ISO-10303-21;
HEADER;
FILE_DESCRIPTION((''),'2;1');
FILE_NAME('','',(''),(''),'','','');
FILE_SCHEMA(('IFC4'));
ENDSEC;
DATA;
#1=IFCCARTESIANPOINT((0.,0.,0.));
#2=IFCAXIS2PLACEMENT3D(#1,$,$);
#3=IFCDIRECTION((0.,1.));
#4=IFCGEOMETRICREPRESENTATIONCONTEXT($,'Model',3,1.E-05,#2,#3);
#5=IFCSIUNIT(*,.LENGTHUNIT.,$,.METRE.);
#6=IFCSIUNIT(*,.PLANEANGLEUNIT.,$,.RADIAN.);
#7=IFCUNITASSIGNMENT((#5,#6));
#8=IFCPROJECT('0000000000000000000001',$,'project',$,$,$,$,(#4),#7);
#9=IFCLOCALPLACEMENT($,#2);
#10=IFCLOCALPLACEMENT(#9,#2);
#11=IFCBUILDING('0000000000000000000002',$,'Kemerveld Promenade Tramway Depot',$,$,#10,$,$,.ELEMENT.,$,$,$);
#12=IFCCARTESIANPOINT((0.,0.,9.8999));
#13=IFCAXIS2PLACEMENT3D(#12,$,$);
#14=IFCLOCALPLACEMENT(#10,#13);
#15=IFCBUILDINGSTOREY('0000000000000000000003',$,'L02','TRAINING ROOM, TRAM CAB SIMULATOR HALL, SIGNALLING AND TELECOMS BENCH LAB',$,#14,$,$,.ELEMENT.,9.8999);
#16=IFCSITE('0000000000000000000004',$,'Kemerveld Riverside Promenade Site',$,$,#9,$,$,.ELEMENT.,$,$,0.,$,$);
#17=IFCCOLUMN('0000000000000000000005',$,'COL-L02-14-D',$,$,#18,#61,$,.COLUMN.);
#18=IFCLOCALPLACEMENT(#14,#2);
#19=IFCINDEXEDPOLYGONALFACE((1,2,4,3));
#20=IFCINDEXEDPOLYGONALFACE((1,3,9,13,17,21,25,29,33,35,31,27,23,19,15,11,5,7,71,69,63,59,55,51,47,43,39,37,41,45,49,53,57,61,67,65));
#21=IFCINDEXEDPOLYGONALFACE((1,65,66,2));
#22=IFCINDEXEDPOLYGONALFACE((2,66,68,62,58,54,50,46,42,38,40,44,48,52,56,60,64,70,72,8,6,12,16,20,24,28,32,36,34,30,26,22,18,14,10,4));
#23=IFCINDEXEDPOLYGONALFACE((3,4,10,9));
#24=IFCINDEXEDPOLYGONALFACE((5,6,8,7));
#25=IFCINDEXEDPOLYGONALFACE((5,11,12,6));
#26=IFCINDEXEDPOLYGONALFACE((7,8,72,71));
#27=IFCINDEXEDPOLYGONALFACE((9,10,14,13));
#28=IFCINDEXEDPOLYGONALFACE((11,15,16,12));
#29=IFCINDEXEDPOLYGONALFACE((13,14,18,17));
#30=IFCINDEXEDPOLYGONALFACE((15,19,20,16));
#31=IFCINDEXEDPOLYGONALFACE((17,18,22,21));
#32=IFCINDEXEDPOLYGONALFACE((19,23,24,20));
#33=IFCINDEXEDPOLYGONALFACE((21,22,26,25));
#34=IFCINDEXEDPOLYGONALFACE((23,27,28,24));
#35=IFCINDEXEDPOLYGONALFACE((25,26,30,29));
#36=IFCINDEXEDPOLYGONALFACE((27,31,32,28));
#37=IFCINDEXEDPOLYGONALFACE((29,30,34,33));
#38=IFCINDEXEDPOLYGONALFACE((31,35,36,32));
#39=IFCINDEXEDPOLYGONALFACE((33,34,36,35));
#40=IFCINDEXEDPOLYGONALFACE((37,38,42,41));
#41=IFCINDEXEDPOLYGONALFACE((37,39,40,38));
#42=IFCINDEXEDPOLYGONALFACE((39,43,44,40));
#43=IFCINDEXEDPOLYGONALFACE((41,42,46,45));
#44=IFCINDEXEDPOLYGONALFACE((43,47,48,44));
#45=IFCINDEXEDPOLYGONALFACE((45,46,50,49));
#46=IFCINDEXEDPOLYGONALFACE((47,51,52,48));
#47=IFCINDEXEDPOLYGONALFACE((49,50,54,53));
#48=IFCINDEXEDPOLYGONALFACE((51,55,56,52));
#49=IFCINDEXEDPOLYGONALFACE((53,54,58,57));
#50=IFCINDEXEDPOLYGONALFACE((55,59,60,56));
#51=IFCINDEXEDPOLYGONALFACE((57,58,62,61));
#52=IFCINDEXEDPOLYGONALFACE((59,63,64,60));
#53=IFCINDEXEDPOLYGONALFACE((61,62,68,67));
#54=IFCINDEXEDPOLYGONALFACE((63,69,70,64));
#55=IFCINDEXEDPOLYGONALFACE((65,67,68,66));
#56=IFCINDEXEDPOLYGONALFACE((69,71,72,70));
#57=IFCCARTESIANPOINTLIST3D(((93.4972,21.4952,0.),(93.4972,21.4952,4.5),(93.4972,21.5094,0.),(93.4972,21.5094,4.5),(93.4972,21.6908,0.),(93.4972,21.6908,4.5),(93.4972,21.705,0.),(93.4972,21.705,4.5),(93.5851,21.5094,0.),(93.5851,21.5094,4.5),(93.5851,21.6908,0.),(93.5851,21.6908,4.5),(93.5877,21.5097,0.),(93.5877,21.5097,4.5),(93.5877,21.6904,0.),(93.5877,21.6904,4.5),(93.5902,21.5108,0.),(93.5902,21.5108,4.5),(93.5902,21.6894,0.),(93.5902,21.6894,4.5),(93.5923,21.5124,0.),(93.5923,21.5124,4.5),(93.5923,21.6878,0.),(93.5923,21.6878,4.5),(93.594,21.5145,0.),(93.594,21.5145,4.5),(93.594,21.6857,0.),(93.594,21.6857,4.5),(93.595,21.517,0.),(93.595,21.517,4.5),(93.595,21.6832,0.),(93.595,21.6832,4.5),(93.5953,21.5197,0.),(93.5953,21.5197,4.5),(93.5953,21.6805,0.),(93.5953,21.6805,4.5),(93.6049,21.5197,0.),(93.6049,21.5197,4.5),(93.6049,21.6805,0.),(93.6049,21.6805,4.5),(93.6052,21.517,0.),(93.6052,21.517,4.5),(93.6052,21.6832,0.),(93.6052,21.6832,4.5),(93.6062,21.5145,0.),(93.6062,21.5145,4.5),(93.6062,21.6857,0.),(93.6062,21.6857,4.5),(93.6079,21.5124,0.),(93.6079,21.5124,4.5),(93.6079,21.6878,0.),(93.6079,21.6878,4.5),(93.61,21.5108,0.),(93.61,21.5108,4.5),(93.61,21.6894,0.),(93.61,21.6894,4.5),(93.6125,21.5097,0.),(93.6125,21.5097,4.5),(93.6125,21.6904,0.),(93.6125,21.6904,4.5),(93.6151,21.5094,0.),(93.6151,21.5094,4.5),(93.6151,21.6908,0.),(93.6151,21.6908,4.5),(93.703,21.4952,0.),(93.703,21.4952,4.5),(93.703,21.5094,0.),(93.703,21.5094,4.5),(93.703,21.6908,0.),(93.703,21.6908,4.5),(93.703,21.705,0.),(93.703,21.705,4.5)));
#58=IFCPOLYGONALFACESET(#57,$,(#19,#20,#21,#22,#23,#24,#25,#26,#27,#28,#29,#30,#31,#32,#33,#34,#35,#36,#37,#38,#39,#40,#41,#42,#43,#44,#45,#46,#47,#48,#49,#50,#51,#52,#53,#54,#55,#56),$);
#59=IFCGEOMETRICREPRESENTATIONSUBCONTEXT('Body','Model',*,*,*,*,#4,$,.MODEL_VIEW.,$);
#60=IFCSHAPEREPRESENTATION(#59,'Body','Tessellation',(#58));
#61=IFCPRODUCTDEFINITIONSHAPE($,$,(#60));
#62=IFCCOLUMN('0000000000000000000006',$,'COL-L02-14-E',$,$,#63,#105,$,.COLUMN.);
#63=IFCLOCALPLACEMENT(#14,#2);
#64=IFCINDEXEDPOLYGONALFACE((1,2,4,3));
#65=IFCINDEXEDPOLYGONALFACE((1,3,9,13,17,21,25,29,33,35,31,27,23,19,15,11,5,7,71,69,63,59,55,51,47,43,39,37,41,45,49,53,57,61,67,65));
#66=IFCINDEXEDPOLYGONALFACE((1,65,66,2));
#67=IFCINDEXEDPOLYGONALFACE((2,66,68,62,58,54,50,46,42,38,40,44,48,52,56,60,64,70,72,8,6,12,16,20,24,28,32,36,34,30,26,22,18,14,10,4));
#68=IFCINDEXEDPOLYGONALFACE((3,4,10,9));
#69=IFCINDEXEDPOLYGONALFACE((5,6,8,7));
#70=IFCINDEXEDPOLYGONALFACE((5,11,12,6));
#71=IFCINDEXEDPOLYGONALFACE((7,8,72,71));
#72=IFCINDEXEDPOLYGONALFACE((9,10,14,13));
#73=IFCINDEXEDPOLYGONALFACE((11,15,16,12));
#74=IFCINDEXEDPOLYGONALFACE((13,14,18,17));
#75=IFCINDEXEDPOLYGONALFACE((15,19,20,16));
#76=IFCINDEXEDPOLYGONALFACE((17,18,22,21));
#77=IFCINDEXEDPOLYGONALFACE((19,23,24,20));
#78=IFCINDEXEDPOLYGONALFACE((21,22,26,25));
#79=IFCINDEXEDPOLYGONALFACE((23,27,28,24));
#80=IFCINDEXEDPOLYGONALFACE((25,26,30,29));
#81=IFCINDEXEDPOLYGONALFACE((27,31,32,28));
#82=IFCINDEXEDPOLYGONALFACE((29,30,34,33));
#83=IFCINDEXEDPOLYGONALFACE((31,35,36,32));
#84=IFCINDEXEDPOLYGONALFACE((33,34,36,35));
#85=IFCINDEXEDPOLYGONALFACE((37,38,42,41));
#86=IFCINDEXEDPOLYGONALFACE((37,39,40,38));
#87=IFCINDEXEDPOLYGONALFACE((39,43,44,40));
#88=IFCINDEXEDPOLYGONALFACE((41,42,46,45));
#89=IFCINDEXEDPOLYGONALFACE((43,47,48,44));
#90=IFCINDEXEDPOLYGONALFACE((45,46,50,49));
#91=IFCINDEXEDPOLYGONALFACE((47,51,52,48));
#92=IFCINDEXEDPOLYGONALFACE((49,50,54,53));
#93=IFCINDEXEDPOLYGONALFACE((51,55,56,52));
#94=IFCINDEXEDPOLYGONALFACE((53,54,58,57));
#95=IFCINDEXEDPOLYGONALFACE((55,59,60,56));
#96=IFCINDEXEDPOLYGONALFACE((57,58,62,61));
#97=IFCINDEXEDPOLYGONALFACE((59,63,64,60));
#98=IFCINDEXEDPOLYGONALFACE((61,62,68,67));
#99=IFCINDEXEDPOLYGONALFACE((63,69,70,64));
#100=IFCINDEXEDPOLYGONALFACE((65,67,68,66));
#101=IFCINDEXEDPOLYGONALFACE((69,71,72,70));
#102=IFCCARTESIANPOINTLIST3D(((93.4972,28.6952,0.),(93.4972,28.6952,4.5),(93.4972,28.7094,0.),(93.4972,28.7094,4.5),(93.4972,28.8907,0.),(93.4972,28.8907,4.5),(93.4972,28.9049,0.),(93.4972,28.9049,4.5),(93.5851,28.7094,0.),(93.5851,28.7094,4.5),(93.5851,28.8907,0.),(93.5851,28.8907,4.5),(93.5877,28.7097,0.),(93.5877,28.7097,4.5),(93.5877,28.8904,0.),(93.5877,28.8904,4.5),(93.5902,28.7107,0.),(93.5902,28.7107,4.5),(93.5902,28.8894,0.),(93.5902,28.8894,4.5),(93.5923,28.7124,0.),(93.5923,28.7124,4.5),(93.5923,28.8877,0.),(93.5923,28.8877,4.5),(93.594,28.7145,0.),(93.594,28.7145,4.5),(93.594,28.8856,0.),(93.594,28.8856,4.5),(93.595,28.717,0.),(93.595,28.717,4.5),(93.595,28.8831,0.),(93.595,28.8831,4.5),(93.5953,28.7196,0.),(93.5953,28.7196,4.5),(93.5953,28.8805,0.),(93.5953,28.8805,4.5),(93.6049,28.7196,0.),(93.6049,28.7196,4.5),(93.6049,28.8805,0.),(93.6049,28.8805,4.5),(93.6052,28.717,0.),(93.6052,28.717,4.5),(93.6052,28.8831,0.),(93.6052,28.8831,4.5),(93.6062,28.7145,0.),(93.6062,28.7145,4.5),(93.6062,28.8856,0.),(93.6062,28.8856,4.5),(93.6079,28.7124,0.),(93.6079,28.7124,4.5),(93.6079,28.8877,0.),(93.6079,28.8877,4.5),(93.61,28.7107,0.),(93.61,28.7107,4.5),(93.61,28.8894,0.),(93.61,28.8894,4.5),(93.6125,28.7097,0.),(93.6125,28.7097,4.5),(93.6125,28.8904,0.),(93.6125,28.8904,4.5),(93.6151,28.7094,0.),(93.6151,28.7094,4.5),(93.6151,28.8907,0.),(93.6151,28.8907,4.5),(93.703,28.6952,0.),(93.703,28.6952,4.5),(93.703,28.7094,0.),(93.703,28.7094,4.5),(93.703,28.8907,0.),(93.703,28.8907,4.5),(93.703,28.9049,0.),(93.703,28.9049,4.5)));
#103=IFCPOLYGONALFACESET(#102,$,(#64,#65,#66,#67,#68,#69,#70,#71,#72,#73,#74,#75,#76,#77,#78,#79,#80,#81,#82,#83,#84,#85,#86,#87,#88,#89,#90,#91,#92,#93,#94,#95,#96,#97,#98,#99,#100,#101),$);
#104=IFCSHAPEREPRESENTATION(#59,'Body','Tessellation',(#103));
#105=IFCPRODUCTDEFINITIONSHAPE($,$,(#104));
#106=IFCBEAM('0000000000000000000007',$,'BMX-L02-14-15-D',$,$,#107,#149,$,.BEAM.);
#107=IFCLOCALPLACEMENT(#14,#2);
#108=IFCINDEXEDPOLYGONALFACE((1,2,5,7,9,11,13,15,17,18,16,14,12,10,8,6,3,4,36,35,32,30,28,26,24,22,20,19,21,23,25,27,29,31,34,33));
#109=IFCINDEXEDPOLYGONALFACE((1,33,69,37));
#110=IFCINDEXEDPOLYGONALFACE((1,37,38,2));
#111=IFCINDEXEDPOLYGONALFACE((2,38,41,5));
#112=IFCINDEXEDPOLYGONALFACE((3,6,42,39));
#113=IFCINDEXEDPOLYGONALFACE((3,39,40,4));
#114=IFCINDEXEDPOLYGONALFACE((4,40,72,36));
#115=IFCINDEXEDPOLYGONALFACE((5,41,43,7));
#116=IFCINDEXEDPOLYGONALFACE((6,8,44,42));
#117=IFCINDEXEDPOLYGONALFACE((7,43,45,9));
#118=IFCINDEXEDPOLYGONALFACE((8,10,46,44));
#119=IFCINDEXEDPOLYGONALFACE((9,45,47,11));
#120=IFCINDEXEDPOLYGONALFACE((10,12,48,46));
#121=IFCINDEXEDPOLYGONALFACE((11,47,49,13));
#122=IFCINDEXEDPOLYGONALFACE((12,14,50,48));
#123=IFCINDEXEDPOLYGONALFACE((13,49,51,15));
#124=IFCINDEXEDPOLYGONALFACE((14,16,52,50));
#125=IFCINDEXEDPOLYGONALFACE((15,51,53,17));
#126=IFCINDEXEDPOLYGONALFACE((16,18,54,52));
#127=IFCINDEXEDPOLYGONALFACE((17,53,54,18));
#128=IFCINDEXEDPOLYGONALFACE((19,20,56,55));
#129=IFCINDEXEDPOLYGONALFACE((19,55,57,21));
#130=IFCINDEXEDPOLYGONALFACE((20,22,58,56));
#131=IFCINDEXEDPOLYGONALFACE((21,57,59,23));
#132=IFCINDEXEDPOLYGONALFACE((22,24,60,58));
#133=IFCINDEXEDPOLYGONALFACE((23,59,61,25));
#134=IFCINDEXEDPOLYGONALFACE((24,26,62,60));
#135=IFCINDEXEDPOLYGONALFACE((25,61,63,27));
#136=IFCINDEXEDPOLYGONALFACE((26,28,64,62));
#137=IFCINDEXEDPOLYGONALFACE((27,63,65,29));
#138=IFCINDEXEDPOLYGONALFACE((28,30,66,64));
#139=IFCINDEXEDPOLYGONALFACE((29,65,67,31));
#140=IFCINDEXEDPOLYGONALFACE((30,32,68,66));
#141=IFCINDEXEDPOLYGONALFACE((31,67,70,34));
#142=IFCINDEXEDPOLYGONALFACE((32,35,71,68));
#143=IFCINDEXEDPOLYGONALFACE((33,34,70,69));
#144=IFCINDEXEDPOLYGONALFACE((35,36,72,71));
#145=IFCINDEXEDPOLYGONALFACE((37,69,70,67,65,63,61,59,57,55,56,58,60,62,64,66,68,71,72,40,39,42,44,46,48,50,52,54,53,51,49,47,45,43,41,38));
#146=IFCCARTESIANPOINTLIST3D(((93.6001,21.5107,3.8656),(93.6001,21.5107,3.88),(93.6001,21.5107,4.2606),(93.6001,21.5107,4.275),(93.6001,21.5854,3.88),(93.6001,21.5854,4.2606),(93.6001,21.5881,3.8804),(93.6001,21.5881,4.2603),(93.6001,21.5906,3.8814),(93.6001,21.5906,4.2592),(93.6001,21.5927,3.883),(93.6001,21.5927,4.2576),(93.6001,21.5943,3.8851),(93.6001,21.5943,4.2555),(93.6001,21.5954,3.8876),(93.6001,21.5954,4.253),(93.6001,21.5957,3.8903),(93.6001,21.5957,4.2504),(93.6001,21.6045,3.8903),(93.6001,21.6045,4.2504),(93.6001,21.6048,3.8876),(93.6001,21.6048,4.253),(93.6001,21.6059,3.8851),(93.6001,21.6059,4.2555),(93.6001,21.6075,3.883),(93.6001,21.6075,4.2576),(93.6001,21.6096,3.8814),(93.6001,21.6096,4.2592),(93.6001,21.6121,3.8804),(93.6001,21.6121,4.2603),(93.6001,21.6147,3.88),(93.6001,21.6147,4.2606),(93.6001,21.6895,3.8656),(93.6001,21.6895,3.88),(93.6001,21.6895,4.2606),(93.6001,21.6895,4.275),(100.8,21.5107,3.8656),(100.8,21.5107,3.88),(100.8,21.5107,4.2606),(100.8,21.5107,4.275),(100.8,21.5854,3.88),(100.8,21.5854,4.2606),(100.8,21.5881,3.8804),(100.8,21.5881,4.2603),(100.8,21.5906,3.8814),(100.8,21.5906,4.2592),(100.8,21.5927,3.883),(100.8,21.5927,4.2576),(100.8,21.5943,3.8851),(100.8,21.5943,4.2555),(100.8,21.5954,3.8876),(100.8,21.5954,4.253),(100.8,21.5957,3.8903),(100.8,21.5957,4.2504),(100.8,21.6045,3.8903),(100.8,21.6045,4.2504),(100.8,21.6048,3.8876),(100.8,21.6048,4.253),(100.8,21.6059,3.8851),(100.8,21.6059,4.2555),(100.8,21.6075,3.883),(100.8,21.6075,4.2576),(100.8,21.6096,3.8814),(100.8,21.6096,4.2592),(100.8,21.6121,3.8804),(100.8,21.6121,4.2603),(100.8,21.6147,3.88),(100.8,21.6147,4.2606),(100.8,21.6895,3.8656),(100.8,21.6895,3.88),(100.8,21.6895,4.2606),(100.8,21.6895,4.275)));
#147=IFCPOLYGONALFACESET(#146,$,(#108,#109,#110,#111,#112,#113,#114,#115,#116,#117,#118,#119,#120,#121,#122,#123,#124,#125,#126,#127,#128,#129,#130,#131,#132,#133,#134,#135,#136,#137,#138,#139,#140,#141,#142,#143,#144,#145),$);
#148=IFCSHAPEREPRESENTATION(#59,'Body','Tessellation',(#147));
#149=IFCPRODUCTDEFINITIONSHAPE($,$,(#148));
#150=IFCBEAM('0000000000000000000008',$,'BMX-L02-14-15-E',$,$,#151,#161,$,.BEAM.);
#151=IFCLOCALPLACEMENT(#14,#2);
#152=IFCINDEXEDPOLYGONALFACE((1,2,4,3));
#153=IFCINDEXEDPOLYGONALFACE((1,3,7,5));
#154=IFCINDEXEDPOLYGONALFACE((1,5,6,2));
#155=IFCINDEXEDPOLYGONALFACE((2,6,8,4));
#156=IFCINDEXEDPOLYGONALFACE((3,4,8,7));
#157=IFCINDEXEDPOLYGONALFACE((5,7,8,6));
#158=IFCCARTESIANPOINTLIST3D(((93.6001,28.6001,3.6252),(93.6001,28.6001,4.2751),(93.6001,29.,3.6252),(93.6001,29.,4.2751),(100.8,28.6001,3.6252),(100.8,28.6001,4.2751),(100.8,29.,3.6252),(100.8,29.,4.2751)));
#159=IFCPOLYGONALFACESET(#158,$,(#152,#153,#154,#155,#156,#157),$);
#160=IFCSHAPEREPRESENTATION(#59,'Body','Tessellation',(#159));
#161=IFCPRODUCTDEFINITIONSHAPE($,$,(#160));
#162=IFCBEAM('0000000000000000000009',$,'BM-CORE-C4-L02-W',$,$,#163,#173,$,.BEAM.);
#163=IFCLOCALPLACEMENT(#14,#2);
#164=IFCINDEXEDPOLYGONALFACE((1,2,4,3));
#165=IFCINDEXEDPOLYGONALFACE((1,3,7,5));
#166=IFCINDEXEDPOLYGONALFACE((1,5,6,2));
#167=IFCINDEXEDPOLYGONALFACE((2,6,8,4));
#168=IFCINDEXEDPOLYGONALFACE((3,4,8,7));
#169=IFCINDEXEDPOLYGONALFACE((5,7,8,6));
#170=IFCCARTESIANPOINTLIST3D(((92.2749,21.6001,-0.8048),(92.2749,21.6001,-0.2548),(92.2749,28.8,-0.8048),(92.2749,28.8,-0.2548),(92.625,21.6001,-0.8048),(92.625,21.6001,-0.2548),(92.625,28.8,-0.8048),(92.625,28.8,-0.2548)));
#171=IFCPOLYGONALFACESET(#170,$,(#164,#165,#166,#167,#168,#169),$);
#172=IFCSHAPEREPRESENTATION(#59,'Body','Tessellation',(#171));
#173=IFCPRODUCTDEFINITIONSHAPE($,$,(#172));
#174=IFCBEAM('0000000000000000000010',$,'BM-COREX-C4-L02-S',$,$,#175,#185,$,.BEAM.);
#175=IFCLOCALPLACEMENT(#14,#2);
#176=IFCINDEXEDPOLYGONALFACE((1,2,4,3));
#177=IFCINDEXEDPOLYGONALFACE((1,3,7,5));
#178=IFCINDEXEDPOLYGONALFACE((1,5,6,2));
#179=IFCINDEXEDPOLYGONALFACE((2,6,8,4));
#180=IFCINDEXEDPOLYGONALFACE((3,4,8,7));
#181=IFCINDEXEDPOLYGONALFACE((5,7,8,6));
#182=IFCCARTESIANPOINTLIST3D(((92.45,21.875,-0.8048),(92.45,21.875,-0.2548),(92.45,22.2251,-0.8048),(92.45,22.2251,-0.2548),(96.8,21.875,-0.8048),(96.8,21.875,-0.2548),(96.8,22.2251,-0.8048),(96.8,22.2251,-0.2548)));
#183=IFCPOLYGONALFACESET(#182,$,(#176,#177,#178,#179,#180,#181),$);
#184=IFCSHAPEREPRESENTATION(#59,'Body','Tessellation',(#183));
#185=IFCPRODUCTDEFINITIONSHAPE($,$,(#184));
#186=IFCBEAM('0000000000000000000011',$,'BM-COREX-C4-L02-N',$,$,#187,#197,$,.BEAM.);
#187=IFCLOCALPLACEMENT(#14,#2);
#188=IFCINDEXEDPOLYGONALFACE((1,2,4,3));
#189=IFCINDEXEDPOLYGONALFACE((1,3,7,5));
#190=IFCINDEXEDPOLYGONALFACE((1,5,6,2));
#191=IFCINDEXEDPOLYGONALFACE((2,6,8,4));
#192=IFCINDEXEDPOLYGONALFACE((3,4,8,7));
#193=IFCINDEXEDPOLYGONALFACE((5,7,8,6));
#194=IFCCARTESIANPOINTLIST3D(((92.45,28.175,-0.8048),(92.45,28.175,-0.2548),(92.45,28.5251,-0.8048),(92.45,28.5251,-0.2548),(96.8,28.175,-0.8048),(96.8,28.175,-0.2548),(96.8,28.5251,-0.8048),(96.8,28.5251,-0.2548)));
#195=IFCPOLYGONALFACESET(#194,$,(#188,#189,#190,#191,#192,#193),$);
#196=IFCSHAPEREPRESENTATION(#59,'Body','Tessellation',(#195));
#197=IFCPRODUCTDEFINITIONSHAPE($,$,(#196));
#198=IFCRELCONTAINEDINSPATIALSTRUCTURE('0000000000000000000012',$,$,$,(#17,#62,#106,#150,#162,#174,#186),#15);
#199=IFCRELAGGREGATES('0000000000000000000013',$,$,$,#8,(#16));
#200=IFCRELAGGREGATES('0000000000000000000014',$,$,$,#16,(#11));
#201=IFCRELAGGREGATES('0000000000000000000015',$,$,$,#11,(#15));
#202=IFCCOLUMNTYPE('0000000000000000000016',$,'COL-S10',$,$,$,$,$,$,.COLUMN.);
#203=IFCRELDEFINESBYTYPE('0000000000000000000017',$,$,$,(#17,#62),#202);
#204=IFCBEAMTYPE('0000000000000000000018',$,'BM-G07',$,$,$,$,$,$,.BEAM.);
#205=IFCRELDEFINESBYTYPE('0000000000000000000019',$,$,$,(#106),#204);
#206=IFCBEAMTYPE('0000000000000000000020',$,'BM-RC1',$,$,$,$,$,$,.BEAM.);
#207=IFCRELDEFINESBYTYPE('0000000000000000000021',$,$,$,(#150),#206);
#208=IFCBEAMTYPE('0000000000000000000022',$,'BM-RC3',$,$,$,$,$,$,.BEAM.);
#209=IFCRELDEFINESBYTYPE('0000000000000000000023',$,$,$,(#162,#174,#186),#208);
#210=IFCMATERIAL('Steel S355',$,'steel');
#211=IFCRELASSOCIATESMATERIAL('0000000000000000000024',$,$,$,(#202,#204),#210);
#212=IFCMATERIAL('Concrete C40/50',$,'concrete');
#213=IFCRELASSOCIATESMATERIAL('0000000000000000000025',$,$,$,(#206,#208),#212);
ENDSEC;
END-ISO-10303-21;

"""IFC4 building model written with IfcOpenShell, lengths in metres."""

from ifc_helpers import new_model, si_unit, direction, frame, origin, origin_2d, place, context, subcontext, project, spatial, rectangle, i_section, extrude, material, material_profile, profile_set, type_object, element, save


model = new_model("IFC4")

# Units and contexts
model_context = context("Model", 3, precision=1e-05, world=origin(), true_north=direction((0.0, 1.0)))
body_context = subcontext(model_context, "Body", "Model", "MODEL_VIEW")
ifc_project = project(units=[si_unit("LENGTHUNIT", "METRE"), si_unit("PLANEANGLEUNIT", "RADIAN")], contexts=[model_context])

# Site, building, storey
site_placement = place(None, origin())
site = spatial("IfcSite", under=ifc_project, at=site_placement, Name="Kemerveld Riverside Promenade Site", CompositionType="ELEMENT", RefElevation=0.0)
building_placement = place(site_placement, origin())
building = spatial("IfcBuilding", under=site, at=building_placement, Name="Kemerveld Promenade Tramway Depot", CompositionType="ELEMENT")
storey_placement = place(building_placement, frame((0.0, 0.0, 9.8999)))
storey = spatial("IfcBuildingStorey", under=building, at=storey_placement, Name="L02", Description="TRAINING ROOM, TRAM CAB SIMULATOR HALL, SIGNALLING AND TELECOMS BENCH LAB", CompositionType="ELEMENT", Elevation=9.8999)

# Columns
ifc_material_1 = material(Name="Steel S355", Category="steel")
ifc_material_profile_1 = material_profile(ifc_material_1, i_section(OverallWidth=0.2058, OverallDepth=0.2097, WebThickness=0.0095, FlangeThickness=0.0142, FilletRadius=0.0103, at=origin_2d()), Name="203x203x60 UC")
ifc_profile_set_1 = profile_set([ifc_material_profile_1], Name="Steel S355")
column_type = type_object("IfcColumnType", Name="COL-S10", PredefinedType="COLUMN", material=ifc_profile_set_1)
for number, where, z_axis, x_axis, name in (
    (1, (93.6001, 21.6001, 0.0), (0.0, 0.0, 1.0), (1.0, 0.0, 0.0), "COL-L02-14-D"),
    (2, (93.6001, 28.8, 0.0), (0.0, 0.0, 1.0), (1.0, 0.0, 0.0), "COL-L02-14-E"),
):
    element("IfcColumn", number, at=place(storey_placement, frame(where, z_axis=z_axis, x_axis=x_axis)), inside=storey, type_object=column_type, Name=name, PredefinedType="COLUMN", context=body_context, shape_type="SweptSolid", body=[
        extrude(i_section(OverallWidth=0.2058, OverallDepth=0.2097, WebThickness=0.0095, FlangeThickness=0.0142, FilletRadius=0.0103, at=origin_2d()), origin(), (0.0, 0.0, 1.0), 4.5),
    ])

# Beams
ifc_material_profile_2 = material_profile(ifc_material_1, i_section(OverallWidth=0.1787, OverallDepth=0.4094, WebThickness=0.0088, FlangeThickness=0.0144, FilletRadius=0.0103, at=origin_2d()), Name="406x178x67 UB")
ifc_profile_set_2 = profile_set([ifc_material_profile_2], Name="Steel S355")
beam_type_1 = type_object("IfcBeamType", Name="BM-G07", PredefinedType="BEAM", material=ifc_profile_set_2)
beam_1_placement = place(storey_placement, frame((93.6001, 21.6001, 4.0703), z_axis=(1.0, 0.0, 0.0), x_axis=(0.0, 1.0, 0.0)))
element("IfcBeam", 3, at=beam_1_placement, inside=storey, type_object=beam_type_1, Name="BMX-L02-14-15-D", PredefinedType="BEAM", context=body_context, shape_type="SweptSolid", body=[
    extrude(i_section(OverallWidth=0.1787, OverallDepth=0.4094, WebThickness=0.0088, FlangeThickness=0.0144, FilletRadius=0.0103, at=origin_2d()), origin(), (0.0, 0.0, 1.0), 7.2),
])
ifc_material_2 = material(Name="Concrete C40/50", Category="concrete")
ifc_material_profile_3 = material_profile(ifc_material_2, rectangle(XDim=0.3999, YDim=0.6499, at=origin_2d()), Name="RC-BM-400x650")
ifc_profile_set_3 = profile_set([ifc_material_profile_3], Name="Concrete C40/50")
beam_type_2 = type_object("IfcBeamType", Name="BM-RC1", PredefinedType="BEAM", material=ifc_profile_set_3)
beam_2_placement = place(storey_placement, frame((93.6001, 28.8, 3.9502), z_axis=(1.0, 0.0, 0.0), x_axis=(0.0, 1.0, 0.0)))
element("IfcBeam", 4, at=beam_2_placement, inside=storey, type_object=beam_type_2, Name="BMX-L02-14-15-E", PredefinedType="BEAM", context=body_context, shape_type="SweptSolid", body=[
    extrude(rectangle(XDim=0.3999, YDim=0.6499, at=origin_2d()), origin(), (0.0, 0.0, 1.0), 7.2),
])
ifc_material_profile_4 = material_profile(ifc_material_2, rectangle(XDim=0.3501, YDim=0.55, at=origin_2d()), Name="RC-BM-350x550")
ifc_profile_set_4 = profile_set([ifc_material_profile_4], Name="Concrete C40/50")
beam_type_3 = type_object("IfcBeamType", Name="BM-RC3", PredefinedType="BEAM", material=ifc_profile_set_4)
beam_3_placement = place(storey_placement, frame((92.45, 21.6001, -0.5298), z_axis=(0.0, 1.0, 0.0), x_axis=(-1.0, 0.0, 0.0)))
element("IfcBeam", 5, at=beam_3_placement, inside=storey, type_object=beam_type_3, Name="BM-CORE-C4-L02-W", PredefinedType="BEAM", context=body_context, shape_type="SweptSolid", body=[
    extrude(rectangle(XDim=0.3501, YDim=0.55, at=origin_2d()), origin(), (0.0, 0.0, 1.0), 7.2),
])
for number, where, z_axis, x_axis, name in (
    (6, (92.45, 22.05, -0.5298), (1.0, 0.0, 0.0), (0.0, 1.0, 0.0), "BM-COREX-C4-L02-S"),
    (7, (92.45, 28.3501, -0.5298), (1.0, 0.0, 0.0), (0.0, 1.0, 0.0), "BM-COREX-C4-L02-N"),
):
    element("IfcBeam", number, at=place(storey_placement, frame(where, z_axis=z_axis, x_axis=x_axis)), inside=storey, type_object=beam_type_3, Name=name, PredefinedType="BEAM", context=body_context, shape_type="SweptSolid", body=[
        extrude(rectangle(XDim=0.3501, YDim=0.55, at=origin_2d()), origin(), (0.0, 0.0, 1.0), 4.3501),
    ])

save(model, "model.ifc")
